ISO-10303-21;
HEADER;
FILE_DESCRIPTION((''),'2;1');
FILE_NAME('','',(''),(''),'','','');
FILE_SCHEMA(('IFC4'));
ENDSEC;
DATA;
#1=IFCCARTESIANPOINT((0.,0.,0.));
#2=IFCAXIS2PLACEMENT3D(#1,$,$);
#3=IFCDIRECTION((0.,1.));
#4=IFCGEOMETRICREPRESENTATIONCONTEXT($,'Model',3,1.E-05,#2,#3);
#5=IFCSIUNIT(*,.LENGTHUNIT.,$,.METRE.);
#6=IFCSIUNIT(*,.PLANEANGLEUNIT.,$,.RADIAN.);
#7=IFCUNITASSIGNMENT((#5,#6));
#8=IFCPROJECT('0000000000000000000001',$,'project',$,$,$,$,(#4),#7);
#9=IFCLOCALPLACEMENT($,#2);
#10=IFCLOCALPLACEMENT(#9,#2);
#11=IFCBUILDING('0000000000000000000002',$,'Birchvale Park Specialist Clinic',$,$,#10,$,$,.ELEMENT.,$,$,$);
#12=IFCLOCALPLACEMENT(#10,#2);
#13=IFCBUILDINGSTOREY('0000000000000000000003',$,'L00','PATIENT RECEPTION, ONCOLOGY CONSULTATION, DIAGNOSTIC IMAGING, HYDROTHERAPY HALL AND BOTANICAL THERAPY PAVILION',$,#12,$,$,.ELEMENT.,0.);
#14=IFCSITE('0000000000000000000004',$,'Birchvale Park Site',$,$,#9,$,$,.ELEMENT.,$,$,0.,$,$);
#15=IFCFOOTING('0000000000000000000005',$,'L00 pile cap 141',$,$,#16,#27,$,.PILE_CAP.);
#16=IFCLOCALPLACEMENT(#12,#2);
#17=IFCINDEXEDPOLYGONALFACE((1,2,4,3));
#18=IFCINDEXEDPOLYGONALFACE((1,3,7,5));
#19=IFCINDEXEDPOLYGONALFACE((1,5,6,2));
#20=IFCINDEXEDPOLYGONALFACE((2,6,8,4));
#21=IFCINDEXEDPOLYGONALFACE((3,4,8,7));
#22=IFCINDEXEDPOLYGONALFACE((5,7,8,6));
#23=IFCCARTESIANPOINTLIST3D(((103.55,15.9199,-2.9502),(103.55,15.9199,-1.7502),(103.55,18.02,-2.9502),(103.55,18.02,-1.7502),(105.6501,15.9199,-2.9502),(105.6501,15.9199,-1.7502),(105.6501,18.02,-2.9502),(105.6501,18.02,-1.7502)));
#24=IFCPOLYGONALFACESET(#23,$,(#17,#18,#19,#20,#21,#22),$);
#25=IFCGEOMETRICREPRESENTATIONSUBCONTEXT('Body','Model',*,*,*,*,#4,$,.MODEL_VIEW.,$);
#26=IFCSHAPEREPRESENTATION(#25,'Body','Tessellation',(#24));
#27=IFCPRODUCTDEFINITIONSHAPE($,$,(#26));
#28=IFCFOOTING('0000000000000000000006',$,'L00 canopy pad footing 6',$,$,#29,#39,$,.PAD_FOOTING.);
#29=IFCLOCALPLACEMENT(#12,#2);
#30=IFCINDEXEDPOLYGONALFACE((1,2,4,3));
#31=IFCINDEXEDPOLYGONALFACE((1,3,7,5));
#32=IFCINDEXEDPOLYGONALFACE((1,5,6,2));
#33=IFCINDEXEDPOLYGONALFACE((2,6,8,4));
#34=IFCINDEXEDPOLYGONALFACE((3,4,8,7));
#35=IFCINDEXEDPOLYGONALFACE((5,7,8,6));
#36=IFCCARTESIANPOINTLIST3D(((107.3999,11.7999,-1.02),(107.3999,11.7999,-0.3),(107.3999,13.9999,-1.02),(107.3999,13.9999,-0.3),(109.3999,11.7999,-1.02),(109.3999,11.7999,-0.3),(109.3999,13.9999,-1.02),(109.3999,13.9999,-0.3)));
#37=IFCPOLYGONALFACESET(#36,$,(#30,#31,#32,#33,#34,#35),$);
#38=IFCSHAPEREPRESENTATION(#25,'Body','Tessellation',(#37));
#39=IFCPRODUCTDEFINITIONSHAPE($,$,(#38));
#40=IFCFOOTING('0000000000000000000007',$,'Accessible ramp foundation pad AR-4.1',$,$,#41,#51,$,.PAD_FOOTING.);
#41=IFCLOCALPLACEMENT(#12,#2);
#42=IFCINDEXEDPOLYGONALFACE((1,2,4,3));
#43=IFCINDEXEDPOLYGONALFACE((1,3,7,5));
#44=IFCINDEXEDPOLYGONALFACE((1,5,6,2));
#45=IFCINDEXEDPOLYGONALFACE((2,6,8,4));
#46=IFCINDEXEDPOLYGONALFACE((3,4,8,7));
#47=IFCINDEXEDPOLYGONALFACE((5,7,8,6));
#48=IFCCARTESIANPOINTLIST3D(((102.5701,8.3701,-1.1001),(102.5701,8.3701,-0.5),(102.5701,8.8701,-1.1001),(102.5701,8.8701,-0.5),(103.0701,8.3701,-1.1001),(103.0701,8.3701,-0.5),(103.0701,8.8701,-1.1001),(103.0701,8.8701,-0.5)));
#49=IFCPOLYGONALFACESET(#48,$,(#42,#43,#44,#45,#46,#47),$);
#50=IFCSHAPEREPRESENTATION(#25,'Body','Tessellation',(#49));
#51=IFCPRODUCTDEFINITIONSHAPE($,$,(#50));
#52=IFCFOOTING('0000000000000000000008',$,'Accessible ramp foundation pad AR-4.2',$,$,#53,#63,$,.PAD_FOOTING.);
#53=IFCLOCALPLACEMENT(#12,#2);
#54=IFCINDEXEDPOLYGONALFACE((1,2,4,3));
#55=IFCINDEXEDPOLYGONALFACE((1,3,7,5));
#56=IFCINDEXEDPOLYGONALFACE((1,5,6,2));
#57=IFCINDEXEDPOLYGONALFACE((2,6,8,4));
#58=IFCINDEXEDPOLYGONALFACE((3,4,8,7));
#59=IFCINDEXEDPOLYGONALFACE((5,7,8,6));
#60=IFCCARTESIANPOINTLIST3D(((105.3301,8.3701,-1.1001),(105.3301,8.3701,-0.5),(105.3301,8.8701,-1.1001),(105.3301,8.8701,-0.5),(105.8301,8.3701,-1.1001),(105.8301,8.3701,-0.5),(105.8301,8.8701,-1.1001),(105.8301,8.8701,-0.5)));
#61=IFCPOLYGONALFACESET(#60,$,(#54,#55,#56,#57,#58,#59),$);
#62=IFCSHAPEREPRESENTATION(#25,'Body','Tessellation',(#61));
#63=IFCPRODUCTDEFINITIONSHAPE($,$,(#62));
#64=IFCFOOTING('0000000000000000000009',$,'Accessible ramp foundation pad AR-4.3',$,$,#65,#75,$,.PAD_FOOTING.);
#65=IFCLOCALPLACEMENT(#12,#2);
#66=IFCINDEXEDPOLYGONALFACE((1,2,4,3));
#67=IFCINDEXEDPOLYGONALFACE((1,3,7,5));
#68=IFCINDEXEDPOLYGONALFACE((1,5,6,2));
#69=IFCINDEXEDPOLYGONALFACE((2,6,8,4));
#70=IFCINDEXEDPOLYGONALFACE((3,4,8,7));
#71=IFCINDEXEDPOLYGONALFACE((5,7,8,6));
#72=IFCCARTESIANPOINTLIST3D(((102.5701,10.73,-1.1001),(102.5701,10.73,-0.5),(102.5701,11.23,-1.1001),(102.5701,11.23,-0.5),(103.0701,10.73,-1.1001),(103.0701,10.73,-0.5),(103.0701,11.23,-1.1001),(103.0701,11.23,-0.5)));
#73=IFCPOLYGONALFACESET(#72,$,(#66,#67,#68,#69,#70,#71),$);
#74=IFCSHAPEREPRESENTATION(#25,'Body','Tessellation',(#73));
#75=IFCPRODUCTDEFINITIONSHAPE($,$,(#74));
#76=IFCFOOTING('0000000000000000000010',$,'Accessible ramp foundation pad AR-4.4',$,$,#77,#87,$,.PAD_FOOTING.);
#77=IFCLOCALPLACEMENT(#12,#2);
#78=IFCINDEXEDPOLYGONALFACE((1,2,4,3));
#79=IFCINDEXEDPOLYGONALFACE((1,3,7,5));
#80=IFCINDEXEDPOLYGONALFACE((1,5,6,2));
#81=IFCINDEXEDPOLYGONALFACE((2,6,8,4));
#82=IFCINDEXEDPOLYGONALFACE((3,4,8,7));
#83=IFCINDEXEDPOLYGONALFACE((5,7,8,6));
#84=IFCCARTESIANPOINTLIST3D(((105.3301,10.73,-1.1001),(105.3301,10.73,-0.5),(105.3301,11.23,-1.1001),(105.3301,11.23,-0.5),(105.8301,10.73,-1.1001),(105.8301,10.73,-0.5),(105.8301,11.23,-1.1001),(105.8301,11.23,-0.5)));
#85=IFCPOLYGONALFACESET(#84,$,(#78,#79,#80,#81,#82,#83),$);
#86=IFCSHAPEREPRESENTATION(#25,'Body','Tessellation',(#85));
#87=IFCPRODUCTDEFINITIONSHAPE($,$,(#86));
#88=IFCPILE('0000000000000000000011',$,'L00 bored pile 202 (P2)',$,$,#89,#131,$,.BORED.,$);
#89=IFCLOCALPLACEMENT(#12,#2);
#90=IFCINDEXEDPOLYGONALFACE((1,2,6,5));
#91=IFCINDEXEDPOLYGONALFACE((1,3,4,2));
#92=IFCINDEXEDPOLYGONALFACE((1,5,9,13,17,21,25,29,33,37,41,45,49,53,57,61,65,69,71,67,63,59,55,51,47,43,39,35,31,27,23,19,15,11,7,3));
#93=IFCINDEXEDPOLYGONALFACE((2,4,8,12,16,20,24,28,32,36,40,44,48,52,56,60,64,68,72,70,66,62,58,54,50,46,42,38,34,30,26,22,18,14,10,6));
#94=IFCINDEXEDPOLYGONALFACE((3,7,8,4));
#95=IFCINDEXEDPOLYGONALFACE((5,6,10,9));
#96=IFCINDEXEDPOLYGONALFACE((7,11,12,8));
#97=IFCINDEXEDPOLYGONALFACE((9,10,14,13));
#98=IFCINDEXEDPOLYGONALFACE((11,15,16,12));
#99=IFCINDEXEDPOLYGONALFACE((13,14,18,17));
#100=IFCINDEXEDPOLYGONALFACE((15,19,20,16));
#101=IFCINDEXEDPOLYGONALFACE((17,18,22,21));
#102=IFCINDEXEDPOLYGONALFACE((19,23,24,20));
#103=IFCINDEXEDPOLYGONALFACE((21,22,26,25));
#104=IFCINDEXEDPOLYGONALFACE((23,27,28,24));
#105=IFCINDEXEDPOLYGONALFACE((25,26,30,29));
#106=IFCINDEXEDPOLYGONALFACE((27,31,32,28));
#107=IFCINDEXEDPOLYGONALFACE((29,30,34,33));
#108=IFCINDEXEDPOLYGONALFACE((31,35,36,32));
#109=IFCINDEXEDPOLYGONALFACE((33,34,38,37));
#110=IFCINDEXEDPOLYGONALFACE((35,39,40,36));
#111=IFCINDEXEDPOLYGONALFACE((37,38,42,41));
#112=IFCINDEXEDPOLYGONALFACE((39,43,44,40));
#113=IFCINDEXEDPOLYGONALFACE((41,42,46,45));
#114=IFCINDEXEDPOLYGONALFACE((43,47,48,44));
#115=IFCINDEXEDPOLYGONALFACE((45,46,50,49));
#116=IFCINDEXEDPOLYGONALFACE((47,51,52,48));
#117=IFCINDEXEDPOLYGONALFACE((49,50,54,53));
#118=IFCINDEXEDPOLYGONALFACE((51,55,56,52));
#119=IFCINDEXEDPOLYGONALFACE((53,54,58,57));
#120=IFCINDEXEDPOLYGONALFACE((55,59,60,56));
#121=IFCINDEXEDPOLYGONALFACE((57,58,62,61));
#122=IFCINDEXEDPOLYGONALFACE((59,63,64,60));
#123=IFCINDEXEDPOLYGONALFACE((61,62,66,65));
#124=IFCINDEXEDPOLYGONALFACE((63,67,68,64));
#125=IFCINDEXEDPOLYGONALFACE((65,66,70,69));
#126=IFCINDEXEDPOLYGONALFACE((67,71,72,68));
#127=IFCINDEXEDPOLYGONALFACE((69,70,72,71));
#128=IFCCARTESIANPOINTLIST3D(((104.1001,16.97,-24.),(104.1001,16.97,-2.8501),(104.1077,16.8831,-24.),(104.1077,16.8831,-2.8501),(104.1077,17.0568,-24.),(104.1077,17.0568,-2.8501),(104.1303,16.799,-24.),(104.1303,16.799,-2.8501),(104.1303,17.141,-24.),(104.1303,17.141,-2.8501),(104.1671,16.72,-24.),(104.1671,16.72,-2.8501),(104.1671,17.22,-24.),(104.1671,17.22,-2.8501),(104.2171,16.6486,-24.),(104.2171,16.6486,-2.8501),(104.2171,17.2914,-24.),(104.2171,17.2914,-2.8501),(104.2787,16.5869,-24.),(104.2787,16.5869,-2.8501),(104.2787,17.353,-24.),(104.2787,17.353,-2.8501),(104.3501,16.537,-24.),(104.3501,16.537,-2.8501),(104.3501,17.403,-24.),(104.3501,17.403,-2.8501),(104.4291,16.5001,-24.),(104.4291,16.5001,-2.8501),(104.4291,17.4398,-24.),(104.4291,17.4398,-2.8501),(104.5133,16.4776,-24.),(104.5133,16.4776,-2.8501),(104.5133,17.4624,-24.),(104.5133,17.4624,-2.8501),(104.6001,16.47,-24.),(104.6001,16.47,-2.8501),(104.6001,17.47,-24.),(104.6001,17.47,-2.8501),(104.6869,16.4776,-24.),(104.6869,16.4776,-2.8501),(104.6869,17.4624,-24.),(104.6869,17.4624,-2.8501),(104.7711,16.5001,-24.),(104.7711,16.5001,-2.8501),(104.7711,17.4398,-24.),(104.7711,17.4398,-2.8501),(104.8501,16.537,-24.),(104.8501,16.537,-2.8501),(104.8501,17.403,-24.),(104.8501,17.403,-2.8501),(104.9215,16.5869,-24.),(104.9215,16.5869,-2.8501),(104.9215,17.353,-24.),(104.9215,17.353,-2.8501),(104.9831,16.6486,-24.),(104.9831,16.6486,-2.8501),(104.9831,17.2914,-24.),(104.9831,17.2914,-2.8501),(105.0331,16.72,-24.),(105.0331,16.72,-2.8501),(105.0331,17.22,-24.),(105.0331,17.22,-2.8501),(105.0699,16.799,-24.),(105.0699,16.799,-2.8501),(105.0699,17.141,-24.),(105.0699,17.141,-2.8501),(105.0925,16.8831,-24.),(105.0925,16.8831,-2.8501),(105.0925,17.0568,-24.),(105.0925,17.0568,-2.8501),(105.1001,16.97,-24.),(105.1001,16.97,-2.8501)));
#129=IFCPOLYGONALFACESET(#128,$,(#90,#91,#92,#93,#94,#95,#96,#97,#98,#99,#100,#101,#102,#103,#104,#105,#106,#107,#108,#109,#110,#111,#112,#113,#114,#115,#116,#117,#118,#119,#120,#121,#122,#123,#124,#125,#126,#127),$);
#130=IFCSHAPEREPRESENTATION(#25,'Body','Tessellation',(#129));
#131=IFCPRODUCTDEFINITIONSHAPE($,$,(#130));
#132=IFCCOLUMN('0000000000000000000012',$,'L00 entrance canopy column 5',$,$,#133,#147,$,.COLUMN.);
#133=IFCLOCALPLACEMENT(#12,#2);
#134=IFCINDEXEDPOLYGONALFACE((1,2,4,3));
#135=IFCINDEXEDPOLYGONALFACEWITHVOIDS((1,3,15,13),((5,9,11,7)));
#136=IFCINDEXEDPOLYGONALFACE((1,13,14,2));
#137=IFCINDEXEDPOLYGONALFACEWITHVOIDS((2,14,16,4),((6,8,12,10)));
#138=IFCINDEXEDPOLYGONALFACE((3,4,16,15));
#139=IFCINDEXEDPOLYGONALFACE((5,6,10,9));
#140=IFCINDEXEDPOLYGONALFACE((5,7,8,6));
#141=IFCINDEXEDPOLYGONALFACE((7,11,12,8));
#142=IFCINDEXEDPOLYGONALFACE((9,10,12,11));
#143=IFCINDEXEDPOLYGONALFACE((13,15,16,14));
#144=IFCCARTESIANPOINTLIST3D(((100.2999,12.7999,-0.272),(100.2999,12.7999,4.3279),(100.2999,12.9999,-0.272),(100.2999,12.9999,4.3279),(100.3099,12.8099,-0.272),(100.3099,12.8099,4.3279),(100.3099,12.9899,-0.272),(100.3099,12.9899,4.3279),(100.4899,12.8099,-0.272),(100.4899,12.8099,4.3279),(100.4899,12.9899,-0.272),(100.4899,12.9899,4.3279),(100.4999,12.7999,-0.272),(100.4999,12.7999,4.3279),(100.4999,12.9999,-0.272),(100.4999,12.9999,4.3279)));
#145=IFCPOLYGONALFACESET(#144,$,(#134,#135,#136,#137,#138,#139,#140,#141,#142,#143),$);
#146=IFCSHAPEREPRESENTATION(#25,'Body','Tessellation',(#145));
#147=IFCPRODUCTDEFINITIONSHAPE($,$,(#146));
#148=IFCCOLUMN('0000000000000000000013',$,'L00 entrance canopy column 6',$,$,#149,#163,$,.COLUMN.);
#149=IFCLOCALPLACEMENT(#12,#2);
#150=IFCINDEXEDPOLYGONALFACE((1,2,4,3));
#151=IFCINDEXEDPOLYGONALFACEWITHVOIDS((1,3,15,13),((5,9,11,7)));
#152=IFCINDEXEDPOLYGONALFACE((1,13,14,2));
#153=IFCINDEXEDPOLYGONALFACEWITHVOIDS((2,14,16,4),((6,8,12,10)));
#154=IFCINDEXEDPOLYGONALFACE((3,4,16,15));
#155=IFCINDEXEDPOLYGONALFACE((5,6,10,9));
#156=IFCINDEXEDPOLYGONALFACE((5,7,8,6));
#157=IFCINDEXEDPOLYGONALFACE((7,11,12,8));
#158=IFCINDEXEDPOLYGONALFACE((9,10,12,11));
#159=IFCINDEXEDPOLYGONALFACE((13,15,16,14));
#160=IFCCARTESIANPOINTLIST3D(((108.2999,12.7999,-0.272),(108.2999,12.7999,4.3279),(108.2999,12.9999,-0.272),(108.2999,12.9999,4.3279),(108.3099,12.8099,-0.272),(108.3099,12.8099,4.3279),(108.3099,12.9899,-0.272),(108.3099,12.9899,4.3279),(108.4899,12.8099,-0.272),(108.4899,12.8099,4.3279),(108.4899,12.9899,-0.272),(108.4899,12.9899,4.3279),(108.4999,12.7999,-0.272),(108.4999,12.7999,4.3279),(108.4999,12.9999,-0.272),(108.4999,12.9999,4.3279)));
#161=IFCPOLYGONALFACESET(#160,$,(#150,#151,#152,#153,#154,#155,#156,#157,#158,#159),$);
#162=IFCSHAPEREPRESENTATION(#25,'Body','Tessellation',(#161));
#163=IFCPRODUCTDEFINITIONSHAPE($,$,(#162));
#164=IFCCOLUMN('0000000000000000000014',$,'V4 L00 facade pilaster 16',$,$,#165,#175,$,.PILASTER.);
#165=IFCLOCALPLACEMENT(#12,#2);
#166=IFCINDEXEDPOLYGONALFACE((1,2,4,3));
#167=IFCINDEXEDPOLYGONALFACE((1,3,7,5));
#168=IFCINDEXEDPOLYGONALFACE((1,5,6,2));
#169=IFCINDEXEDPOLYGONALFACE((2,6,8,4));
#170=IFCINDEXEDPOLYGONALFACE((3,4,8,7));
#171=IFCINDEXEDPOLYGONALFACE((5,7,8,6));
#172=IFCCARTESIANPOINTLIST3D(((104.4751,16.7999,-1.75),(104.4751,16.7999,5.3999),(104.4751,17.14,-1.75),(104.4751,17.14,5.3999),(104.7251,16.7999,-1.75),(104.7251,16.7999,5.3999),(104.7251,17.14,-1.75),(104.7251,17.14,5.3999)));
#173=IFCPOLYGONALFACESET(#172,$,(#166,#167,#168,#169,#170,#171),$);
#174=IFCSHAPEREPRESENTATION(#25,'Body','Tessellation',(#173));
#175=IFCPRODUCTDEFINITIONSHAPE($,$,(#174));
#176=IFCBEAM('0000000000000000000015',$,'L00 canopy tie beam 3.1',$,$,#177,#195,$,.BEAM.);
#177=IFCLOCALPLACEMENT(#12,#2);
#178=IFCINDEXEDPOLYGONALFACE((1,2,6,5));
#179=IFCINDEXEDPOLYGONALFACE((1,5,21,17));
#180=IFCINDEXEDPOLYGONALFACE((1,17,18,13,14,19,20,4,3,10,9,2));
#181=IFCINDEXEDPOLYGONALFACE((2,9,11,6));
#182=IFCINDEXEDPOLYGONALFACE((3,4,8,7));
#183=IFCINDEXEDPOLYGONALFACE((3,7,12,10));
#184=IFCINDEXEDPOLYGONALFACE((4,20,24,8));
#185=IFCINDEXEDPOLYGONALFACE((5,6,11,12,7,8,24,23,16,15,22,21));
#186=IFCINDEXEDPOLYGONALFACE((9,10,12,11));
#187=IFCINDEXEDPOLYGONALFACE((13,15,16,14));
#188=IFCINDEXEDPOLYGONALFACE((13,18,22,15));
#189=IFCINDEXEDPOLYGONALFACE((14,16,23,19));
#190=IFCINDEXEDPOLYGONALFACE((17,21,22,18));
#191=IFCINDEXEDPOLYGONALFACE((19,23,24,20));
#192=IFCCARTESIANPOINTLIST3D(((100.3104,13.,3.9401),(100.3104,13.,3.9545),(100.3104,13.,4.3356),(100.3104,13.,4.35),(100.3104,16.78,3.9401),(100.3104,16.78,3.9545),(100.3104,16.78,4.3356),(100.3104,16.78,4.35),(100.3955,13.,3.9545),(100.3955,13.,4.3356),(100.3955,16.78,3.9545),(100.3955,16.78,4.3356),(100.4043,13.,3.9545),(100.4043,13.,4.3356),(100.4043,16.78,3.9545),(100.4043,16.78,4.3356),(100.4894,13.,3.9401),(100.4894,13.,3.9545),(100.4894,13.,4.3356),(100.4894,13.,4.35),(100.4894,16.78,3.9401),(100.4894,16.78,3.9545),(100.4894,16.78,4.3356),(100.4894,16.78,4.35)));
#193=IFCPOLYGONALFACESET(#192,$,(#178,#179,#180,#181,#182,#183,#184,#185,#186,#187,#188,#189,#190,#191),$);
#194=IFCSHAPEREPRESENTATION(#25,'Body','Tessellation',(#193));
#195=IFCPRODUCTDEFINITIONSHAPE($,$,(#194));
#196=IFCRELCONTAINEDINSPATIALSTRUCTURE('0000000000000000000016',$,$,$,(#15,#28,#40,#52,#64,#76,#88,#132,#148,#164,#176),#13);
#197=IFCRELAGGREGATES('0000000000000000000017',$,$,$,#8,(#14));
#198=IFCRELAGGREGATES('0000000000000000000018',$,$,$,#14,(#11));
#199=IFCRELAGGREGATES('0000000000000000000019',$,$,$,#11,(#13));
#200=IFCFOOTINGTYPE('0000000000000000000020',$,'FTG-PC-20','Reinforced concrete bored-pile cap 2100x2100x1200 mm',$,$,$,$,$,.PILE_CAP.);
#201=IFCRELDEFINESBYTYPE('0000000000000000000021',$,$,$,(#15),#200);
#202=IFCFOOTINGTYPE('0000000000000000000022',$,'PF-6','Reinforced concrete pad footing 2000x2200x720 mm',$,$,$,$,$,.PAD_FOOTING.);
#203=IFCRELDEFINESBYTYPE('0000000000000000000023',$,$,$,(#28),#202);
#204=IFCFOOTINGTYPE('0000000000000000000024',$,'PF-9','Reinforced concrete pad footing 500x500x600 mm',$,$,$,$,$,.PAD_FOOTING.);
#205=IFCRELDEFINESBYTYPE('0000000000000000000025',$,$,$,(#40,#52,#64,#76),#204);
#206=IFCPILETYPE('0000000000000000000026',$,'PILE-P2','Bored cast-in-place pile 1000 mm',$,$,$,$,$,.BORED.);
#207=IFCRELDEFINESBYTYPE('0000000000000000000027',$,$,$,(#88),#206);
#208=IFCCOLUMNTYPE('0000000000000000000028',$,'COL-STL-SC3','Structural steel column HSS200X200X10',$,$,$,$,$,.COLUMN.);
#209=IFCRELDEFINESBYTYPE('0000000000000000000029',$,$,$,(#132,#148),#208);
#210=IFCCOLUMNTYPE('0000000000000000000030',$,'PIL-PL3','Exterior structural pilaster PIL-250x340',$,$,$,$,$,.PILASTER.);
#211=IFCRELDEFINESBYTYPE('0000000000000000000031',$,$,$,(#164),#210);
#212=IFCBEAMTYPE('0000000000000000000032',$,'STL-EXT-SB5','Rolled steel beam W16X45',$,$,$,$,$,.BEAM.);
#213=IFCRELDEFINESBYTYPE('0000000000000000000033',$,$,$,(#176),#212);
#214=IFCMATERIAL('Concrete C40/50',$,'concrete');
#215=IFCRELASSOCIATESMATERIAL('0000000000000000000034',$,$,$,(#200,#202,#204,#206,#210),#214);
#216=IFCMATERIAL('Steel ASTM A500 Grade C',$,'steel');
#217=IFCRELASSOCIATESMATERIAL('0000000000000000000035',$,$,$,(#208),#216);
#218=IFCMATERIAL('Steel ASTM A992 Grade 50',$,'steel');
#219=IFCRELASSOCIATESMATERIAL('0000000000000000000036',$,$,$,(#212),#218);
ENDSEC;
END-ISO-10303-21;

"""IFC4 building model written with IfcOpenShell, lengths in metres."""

from ifc_helpers import new_model, si_unit, direction, frame, origin, origin_2d, place, context, subcontext, project, spatial, rectangle, hollow_rectangle, circle, i_section, extrude, material, material_profile, profile_set, type_object, element, save


model = new_model("IFC4")

# Units and contexts
model_context = context("Model", 3, precision=1e-05, world=origin(), true_north=direction((0.0, 1.0)))
body_context = subcontext(model_context, "Body", "Model", "MODEL_VIEW")
ifc_project = project(units=[si_unit("LENGTHUNIT", "METRE"), si_unit("PLANEANGLEUNIT", "RADIAN")], contexts=[model_context])

# Site, building, storey
site_placement = place(None, origin())
site = spatial("IfcSite", under=ifc_project, at=site_placement, Name="Birchvale Park Site", CompositionType="ELEMENT", RefElevation=0.0)
building_placement = place(site_placement, origin())
building = spatial("IfcBuilding", under=site, at=building_placement, Name="Birchvale Park Specialist Clinic", CompositionType="ELEMENT")
storey_placement = place(building_placement, origin())
storey = spatial("IfcBuildingStorey", under=building, at=storey_placement, Name="L00", Description="PATIENT RECEPTION, ONCOLOGY CONSULTATION, DIAGNOSTIC IMAGING, HYDROTHERAPY HALL AND BOTANICAL THERAPY PAVILION", CompositionType="ELEMENT", Elevation=0.0)

# Footings
ifc_material_1 = material(Name="Concrete C40/50", Category="concrete")
footing_type_1 = type_object("IfcFootingType", Name="FTG-PC-20", Description="Reinforced concrete bored-pile cap 2100x2100x1200 mm", PredefinedType="PILE_CAP", material=ifc_material_1)
footing_1_placement = place(storey_placement, frame((104.6001, 16.97, -2.9502), z_axis=(0.0, 0.0, 1.0), x_axis=(1.0, 0.0, 0.0)))
element("IfcFooting", 1, at=footing_1_placement, inside=storey, type_object=footing_type_1, Name="L00 pile cap 141", PredefinedType="PILE_CAP", context=body_context, shape_type="SweptSolid", body=[
    extrude(rectangle(XDim=2.1001, YDim=2.1001, at=origin_2d()), origin(), (0.0, 0.0, 1.0), 1.2),
])
footing_type_2 = type_object("IfcFootingType", Name="PF-6", Description="Reinforced concrete pad footing 2000x2200x720 mm", PredefinedType="PAD_FOOTING", material=ifc_material_1)
footing_2_placement = place(storey_placement, frame((108.3999, 12.8999, -1.02), z_axis=(0.0, 0.0, 1.0), x_axis=(1.0, 0.0, 0.0)))
element("IfcFooting", 2, at=footing_2_placement, inside=storey, type_object=footing_type_2, Name="L00 canopy pad footing 6", PredefinedType="PAD_FOOTING", context=body_context, shape_type="SweptSolid", body=[
    extrude(rectangle(XDim=2.0, YDim=2.2, at=origin_2d()), origin(), (0.0, 0.0, 1.0), 0.72),
])
footing_type_3 = type_object("IfcFootingType", Name="PF-9", Description="Reinforced concrete pad footing 500x500x600 mm", PredefinedType="PAD_FOOTING", material=ifc_material_1)
for number, where, z_axis, x_axis, name in (
    (3, (102.8201, 8.6201, -1.1001), (0.0, 0.0, 1.0), (1.0, 0.0, 0.0), "Accessible ramp foundation pad AR-4.1"),
    (4, (105.5801, 8.6201, -1.1001), (0.0, 0.0, 1.0), (1.0, 0.0, 0.0), "Accessible ramp foundation pad AR-4.2"),
    (5, (102.8201, 10.98, -1.1001), (0.0, 0.0, 1.0), (1.0, 0.0, 0.0), "Accessible ramp foundation pad AR-4.3"),
    (6, (105.5801, 10.98, -1.1001), (0.0, 0.0, 1.0), (1.0, 0.0, 0.0), "Accessible ramp foundation pad AR-4.4"),
):
    element("IfcFooting", number, at=place(storey_placement, frame(where, z_axis=z_axis, x_axis=x_axis)), inside=storey, type_object=footing_type_3, Name=name, PredefinedType="PAD_FOOTING", context=body_context, shape_type="SweptSolid", body=[
        extrude(rectangle(XDim=0.5, YDim=0.5, at=origin_2d()), origin(), (0.0, 0.0, 1.0), 0.6001),
    ])

# Pile
ifc_material_profile_1 = material_profile(ifc_material_1, circle(Radius=0.5, at=origin_2d()), Name="PILE-1000")
ifc_profile_set_1 = profile_set([ifc_material_profile_1], Name="Concrete C40/50")
pile_type = type_object("IfcPileType", Name="PILE-P2", Description="Bored cast-in-place pile 1000 mm", PredefinedType="BORED", material=ifc_profile_set_1)
pile_placement = place(storey_placement, frame((104.6001, 16.97, -2.8501), z_axis=(0.0, 0.0, -1.0), x_axis=(1.0, 0.0, 0.0)))
element("IfcPile", 7, at=pile_placement, inside=storey, type_object=pile_type, Name="L00 bored pile 202 (P2)", PredefinedType="BORED", context=body_context, shape_type="SweptSolid", body=[
    extrude(circle(Radius=0.5, at=origin_2d()), origin(), (0.0, 0.0, 1.0), 21.1499),
])

# Columns
ifc_material_2 = material(Name="Steel ASTM A500 Grade C", Category="steel")
ifc_material_profile_2 = material_profile(ifc_material_2, hollow_rectangle(XDim=0.2, YDim=0.2, WallThickness=0.01, at=origin_2d()), Name="HSS200X200X10")
ifc_profile_set_2 = profile_set([ifc_material_profile_2], Name="Steel ASTM A500 Grade C")
column_type_1 = type_object("IfcColumnType", Name="COL-STL-SC3", Description="Structural steel column HSS200X200X10", PredefinedType="COLUMN", material=ifc_profile_set_2)
for number, where, z_axis, x_axis, name in (
    (8, (100.3999, 12.8999, -0.272), (0.0, 0.0, 1.0), (1.0, 0.0, 0.0), "L00 entrance canopy column 5"),
    (9, (108.3999, 12.8999, -0.272), (0.0, 0.0, 1.0), (1.0, 0.0, 0.0), "L00 entrance canopy column 6"),
):
    element("IfcColumn", number, at=place(storey_placement, frame(where, z_axis=z_axis, x_axis=x_axis)), inside=storey, type_object=column_type_1, Name=name, PredefinedType="COLUMN", context=body_context, shape_type="SweptSolid", body=[
        extrude(hollow_rectangle(XDim=0.2, YDim=0.2, WallThickness=0.01, at=origin_2d()), origin(), (0.0, 0.0, 1.0), 4.5999),
    ])
ifc_material_profile_3 = material_profile(ifc_material_1, rectangle(XDim=0.25, YDim=0.3401, at=origin_2d()), Name="PIL-250x340")
ifc_profile_set_3 = profile_set([ifc_material_profile_3], Name="Concrete C40/50")
column_type_2 = type_object("IfcColumnType", Name="PIL-PL3", Description="Exterior structural pilaster PIL-250x340", PredefinedType="PILASTER", material=ifc_profile_set_3)
column_placement = place(storey_placement, frame((104.6001, 16.97, -1.75), z_axis=(0.0, 0.0, 1.0), x_axis=(1.0, 0.0, 0.0)))
element("IfcColumn", 10, at=column_placement, inside=storey, type_object=column_type_2, Name="V4 L00 facade pilaster 16", PredefinedType="PILASTER", context=body_context, shape_type="SweptSolid", body=[
    extrude(rectangle(XDim=0.25, YDim=0.3401, at=origin_2d()), origin(), (0.0, 0.0, 1.0), 7.1499),
])

# Beam
ifc_material_3 = material(Name="Steel ASTM A992 Grade 50", Category="steel")
ifc_material_profile_4 = material_profile(ifc_material_3, i_section(OverallWidth=0.179, OverallDepth=0.4099, WebThickness=0.0088, FlangeThickness=0.0144, at=origin_2d()), Name="W16X45")
ifc_profile_set_4 = profile_set([ifc_material_profile_4], Name="Steel ASTM A992 Grade 50")
beam_type_1 = type_object("IfcBeamType", Name="STL-EXT-SB5", Description="Rolled steel beam W16X45", PredefinedType="BEAM", material=ifc_profile_set_4)
for number, where, z_axis, x_axis, name in (
    (11, (100.3999, 13.0, 4.145), (0.0, 1.0, 0.0), (-1.0, 0.0, 0.0), "L00 canopy tie beam 3.1"),
):
    element("IfcBeam", number, at=place(storey_placement, frame(where, z_axis=z_axis, x_axis=x_axis)), inside=storey, type_object=beam_type_1, Name=name, PredefinedType="BEAM", context=body_context, shape_type="SweptSolid", body=[
        extrude(i_section(OverallWidth=0.179, OverallDepth=0.4099, WebThickness=0.0088, FlangeThickness=0.0144, at=origin_2d()), origin(), (0.0, 0.0, 1.0), 3.78),
    ])

save(model, "model.ifc")
